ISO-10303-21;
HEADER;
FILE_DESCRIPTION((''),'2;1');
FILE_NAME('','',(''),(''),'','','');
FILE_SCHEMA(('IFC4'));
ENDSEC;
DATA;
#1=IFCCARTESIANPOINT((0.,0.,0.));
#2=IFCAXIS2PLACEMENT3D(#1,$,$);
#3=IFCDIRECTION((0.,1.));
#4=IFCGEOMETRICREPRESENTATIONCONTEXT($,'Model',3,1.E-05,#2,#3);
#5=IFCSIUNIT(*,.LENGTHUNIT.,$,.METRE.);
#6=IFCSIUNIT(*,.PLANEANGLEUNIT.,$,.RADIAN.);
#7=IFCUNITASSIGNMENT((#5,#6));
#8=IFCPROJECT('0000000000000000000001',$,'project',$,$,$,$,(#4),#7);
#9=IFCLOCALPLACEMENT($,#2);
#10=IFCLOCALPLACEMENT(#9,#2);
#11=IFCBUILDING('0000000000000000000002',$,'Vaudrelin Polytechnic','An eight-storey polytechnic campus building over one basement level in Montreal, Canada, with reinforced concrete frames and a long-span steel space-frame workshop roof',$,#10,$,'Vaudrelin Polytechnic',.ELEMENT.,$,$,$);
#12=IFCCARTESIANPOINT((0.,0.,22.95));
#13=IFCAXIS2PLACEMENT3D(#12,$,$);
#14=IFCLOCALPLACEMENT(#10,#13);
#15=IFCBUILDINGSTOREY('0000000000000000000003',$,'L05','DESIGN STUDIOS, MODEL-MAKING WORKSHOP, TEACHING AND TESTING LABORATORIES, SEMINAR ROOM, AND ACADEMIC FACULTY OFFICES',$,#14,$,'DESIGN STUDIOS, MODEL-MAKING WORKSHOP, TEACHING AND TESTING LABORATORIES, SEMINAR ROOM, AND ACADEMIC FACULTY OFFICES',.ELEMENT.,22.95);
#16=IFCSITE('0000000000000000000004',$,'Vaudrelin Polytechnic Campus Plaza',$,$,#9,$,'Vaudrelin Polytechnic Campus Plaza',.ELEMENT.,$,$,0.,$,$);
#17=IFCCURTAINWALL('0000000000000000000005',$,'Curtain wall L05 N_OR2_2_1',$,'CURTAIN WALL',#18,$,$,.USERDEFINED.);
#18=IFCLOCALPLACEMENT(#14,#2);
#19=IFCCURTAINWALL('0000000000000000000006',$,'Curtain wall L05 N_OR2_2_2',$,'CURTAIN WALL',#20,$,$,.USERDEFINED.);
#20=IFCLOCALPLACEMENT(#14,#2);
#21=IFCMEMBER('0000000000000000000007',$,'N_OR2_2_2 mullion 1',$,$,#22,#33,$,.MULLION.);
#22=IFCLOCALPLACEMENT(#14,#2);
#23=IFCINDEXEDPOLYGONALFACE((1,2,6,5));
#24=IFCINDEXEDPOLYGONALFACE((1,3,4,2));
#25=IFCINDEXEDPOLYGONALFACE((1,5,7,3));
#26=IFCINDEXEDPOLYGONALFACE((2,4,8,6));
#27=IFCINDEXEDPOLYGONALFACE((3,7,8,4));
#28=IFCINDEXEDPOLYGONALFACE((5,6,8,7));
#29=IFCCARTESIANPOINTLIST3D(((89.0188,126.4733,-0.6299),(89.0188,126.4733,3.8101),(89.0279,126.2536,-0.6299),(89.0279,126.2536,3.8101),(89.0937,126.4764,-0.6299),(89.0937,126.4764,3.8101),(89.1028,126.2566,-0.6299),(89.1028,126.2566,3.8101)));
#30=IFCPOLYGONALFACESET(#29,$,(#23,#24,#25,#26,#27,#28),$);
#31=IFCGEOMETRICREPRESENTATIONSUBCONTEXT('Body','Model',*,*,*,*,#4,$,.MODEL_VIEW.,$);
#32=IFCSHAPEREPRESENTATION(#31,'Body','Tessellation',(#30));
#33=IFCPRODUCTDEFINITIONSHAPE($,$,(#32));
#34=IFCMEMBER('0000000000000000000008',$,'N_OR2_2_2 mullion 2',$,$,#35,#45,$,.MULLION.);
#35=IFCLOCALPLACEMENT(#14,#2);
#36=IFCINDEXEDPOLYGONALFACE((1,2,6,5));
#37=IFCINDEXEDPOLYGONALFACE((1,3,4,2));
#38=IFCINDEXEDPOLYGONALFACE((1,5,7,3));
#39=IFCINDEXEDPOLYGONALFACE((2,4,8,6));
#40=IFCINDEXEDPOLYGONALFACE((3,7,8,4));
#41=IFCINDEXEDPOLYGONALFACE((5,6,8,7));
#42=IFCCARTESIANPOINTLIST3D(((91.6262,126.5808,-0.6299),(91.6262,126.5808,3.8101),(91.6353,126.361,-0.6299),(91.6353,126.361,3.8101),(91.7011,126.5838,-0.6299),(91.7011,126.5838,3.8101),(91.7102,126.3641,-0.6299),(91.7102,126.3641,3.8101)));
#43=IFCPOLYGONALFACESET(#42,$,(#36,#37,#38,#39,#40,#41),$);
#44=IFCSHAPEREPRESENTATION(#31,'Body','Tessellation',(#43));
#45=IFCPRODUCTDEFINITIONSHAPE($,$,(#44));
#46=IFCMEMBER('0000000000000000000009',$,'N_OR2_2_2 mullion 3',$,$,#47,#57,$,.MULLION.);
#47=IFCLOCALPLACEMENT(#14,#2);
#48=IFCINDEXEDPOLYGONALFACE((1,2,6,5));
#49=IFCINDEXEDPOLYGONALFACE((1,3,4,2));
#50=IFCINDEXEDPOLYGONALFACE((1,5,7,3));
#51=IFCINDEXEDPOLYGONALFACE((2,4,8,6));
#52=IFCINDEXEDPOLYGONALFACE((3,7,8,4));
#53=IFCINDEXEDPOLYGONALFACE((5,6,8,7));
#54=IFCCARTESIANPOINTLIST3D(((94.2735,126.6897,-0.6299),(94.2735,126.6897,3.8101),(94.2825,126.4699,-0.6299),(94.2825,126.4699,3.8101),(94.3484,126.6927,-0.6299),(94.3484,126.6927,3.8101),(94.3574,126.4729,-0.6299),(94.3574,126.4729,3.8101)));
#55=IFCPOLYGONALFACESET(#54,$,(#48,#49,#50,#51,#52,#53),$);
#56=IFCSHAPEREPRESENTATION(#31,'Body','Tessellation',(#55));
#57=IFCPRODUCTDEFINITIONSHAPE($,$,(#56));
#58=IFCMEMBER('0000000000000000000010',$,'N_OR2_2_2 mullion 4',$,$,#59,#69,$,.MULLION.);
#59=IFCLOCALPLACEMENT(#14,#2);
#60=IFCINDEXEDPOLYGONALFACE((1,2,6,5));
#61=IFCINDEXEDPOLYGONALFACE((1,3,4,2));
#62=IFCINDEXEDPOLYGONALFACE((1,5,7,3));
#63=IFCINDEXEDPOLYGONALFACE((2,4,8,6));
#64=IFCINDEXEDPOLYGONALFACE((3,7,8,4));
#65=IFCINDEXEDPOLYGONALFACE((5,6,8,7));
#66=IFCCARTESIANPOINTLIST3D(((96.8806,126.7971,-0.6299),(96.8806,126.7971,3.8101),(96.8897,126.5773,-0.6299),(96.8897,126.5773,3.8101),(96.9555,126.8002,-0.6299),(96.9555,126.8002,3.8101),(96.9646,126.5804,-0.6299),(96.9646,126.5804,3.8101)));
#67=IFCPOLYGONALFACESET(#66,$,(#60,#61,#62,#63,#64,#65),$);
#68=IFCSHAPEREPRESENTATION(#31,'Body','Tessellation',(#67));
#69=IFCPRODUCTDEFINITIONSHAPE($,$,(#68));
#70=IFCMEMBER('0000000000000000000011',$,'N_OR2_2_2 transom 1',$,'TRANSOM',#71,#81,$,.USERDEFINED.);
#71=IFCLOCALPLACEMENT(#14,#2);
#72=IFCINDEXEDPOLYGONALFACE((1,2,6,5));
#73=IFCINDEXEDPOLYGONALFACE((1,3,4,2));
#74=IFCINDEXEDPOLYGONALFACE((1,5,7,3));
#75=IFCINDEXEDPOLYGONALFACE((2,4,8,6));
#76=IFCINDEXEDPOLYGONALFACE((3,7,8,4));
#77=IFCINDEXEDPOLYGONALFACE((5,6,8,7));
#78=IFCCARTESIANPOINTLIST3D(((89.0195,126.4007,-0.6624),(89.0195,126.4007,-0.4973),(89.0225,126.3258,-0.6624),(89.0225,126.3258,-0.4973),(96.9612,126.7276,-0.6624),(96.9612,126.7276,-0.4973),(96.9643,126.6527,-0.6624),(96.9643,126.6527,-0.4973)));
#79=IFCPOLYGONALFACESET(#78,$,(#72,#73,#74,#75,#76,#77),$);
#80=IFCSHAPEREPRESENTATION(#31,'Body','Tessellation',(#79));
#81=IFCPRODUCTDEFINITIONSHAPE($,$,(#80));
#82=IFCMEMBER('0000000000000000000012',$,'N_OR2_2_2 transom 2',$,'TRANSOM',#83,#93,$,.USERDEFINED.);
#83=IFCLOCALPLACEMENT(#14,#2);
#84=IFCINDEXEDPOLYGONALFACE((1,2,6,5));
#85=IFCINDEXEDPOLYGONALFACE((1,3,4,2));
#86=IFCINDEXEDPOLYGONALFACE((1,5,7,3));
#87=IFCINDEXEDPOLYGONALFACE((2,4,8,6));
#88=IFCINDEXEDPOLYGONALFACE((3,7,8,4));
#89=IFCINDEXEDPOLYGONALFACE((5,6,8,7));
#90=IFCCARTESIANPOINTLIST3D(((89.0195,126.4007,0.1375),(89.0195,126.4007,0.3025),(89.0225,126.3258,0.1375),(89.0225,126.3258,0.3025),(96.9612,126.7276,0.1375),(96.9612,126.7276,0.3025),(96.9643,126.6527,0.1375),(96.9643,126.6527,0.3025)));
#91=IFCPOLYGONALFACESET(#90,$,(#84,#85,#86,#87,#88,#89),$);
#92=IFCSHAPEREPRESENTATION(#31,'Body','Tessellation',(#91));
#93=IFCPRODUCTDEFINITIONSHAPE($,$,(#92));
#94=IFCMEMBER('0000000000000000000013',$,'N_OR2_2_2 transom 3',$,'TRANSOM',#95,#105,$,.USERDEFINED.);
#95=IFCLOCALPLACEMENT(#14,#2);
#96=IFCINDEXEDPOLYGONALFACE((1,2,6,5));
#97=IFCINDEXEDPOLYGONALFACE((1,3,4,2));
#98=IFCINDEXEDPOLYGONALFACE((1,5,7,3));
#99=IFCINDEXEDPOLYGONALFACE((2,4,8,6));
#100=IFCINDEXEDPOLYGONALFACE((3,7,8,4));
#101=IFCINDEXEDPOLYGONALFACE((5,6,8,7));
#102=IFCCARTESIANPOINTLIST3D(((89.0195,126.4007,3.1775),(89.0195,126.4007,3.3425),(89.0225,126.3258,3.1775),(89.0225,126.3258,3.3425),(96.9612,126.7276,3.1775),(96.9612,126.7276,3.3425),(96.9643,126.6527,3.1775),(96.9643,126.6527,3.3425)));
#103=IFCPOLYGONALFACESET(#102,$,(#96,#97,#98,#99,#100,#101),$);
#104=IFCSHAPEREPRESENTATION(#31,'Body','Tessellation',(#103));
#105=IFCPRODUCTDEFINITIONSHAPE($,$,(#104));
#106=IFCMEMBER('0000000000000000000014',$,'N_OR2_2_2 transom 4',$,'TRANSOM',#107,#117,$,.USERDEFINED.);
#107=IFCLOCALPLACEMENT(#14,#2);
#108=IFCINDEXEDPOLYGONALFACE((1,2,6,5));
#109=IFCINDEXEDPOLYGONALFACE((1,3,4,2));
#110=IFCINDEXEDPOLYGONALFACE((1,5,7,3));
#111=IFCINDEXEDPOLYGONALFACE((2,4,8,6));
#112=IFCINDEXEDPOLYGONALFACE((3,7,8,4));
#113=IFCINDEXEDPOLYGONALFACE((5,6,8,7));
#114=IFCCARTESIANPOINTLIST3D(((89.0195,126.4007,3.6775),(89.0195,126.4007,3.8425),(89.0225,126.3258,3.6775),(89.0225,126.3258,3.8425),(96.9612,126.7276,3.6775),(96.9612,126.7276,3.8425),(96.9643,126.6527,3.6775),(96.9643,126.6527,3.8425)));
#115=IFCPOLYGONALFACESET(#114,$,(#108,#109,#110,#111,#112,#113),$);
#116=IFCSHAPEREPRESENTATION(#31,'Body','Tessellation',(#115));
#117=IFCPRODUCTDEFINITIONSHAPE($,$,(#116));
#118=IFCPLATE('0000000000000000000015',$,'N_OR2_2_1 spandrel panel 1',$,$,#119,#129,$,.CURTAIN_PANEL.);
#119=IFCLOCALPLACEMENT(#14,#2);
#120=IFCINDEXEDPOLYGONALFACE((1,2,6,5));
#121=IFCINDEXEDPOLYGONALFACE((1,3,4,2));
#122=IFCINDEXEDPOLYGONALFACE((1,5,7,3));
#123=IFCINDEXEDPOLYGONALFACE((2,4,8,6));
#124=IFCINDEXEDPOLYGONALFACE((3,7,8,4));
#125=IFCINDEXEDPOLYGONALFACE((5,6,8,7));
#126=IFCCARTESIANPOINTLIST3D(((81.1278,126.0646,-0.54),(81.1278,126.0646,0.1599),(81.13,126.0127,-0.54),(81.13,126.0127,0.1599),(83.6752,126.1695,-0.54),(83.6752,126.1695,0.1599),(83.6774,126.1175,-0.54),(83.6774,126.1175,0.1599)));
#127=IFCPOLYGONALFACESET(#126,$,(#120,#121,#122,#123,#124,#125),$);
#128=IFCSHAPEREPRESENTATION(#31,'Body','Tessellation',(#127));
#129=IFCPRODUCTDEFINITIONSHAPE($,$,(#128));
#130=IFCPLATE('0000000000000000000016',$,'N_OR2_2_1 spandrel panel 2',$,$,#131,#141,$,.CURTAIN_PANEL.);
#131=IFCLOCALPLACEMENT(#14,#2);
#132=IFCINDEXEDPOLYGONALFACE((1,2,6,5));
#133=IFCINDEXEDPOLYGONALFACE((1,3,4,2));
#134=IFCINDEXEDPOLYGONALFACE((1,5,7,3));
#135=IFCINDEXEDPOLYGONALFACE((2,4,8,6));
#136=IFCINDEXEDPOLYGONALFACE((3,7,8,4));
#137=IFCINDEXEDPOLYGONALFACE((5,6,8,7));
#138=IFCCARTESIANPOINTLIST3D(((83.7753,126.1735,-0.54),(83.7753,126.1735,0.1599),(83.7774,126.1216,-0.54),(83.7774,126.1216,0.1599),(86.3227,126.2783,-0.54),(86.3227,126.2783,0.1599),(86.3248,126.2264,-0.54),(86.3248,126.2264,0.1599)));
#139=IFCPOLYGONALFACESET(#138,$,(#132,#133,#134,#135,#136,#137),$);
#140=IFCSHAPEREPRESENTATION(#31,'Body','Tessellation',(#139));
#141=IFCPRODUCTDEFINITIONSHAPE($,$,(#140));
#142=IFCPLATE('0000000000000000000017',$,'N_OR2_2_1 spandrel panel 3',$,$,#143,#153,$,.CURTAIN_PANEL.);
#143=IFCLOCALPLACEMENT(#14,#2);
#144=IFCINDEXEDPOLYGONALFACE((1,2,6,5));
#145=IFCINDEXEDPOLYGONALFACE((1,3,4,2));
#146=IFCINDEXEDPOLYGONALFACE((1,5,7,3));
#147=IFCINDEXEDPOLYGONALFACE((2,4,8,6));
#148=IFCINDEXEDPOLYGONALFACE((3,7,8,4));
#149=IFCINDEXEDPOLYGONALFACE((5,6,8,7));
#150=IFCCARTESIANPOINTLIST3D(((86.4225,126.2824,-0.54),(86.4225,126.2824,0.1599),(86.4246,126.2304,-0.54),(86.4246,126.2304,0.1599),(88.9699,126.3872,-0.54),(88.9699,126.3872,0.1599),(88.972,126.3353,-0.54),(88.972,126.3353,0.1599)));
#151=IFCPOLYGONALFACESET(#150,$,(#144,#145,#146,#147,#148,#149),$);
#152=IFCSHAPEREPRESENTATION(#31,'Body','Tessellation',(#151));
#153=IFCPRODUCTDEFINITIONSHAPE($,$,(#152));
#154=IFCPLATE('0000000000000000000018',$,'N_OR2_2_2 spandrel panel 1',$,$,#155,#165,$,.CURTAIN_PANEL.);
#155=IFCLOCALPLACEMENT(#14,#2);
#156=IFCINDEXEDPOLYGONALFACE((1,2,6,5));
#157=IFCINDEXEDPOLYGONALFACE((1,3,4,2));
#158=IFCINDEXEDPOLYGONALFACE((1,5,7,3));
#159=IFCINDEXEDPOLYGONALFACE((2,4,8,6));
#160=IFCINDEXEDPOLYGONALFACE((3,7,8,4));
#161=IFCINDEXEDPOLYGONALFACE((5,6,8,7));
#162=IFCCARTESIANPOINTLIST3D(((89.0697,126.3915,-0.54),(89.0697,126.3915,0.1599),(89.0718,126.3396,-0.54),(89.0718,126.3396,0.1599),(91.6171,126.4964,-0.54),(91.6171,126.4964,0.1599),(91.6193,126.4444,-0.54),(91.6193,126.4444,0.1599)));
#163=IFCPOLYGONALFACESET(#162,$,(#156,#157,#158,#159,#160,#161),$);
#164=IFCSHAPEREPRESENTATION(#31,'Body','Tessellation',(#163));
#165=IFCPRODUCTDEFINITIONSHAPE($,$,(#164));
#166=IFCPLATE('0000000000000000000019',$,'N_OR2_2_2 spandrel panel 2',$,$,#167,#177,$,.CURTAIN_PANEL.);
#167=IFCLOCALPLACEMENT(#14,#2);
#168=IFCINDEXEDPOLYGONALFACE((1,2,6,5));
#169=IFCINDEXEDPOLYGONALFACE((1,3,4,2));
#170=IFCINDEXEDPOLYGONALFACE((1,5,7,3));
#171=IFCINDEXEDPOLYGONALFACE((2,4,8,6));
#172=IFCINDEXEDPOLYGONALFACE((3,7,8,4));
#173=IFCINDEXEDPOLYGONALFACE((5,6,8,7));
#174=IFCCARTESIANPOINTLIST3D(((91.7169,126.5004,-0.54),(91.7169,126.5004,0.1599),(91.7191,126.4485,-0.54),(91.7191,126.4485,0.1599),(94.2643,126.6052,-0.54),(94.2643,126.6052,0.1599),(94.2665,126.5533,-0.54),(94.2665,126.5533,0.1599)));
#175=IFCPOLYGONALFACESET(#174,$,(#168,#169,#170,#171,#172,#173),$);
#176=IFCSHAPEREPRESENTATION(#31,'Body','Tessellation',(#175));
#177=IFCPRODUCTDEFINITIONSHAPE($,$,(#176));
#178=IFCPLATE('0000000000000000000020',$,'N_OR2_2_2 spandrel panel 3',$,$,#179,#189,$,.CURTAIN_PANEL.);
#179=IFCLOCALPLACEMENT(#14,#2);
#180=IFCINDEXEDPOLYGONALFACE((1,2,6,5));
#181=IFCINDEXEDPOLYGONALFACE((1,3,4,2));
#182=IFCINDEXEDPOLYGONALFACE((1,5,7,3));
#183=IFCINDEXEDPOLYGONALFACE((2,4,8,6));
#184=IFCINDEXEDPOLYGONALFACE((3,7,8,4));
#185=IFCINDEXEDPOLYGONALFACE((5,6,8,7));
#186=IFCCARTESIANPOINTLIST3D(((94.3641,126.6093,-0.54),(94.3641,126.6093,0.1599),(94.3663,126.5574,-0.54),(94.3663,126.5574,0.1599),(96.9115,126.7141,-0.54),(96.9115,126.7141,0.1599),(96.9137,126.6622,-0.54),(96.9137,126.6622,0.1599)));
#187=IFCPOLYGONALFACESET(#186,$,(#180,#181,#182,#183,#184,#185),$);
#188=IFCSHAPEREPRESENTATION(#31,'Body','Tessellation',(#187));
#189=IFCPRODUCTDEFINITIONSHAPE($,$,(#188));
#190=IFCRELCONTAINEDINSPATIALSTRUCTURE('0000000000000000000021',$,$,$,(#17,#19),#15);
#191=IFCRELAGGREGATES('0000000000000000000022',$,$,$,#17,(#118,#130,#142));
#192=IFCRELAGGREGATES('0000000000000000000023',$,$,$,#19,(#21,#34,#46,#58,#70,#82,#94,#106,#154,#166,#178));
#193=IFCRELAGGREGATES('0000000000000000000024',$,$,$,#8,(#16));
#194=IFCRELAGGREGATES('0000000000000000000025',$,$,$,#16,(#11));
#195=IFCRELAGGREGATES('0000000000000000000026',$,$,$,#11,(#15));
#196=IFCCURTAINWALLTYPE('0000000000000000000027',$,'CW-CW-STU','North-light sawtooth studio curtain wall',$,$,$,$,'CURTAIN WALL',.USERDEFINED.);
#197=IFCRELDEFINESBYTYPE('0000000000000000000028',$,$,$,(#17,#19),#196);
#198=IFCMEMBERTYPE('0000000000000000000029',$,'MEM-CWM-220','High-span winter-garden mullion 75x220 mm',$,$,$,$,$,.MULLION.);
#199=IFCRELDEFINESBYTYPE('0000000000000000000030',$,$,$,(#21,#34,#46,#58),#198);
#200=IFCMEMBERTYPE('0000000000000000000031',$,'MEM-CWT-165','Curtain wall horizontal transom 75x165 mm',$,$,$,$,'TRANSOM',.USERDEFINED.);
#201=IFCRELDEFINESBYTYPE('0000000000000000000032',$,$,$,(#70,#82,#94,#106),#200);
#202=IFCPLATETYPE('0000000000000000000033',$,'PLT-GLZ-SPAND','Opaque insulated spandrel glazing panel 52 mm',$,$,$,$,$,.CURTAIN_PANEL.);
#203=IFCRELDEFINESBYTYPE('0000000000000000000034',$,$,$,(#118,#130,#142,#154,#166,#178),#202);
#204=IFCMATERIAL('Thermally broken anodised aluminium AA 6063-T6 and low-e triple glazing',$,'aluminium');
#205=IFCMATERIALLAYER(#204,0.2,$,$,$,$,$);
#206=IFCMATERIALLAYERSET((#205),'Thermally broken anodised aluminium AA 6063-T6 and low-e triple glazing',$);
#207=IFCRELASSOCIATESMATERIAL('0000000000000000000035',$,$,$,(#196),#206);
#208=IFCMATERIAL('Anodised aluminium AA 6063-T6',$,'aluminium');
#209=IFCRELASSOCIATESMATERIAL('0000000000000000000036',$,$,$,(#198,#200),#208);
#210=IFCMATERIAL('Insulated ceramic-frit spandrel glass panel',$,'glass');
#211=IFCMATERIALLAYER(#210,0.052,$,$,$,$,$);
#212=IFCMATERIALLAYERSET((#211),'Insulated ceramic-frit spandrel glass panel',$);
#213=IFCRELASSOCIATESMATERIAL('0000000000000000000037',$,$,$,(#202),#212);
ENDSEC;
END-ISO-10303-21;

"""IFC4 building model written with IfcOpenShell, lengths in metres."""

from ifc_helpers import new_model, si_unit, direction, frame, origin, origin_2d, place, context, subcontext, project, spatial, rectangle, extrude, material, layer, layer_set, material_profile, profile_set, type_object, element, aggregate, save


model = new_model("IFC4")

# Units and contexts
model_context = context("Model", 3, precision=1e-05, world=origin(), true_north=direction((0.0, 1.0)))
body_context = subcontext(model_context, "Body", "Model", "MODEL_VIEW")
ifc_project = project(units=[si_unit("LENGTHUNIT", "METRE"), si_unit("PLANEANGLEUNIT", "RADIAN")], contexts=[model_context])

# Site, building, storey
site_placement = place(None, origin())
site = spatial("IfcSite", under=ifc_project, at=site_placement, Name="Vaudrelin Polytechnic Campus Plaza", LongName="Vaudrelin Polytechnic Campus Plaza", CompositionType="ELEMENT", RefElevation=0.0)
building_placement = place(site_placement, origin())
building = spatial("IfcBuilding", under=site, at=building_placement, Name="Vaudrelin Polytechnic", Description="An eight-storey polytechnic campus building over one basement level in Montreal, Canada, with reinforced concrete frames and a long-span steel space-frame workshop roof", LongName="Vaudrelin Polytechnic", CompositionType="ELEMENT")
storey_placement = place(building_placement, frame((0.0, 0.0, 22.95)))
storey = spatial("IfcBuildingStorey", under=building, at=storey_placement, Name="L05", Description="DESIGN STUDIOS, MODEL-MAKING WORKSHOP, TEACHING AND TESTING LABORATORIES, SEMINAR ROOM, AND ACADEMIC FACULTY OFFICES", LongName="DESIGN STUDIOS, MODEL-MAKING WORKSHOP, TEACHING AND TESTING LABORATORIES, SEMINAR ROOM, AND ACADEMIC FACULTY OFFICES", CompositionType="ELEMENT", Elevation=22.95)

# Curtain walls, members
ifc_material_1 = material(Name="Thermally broken anodised aluminium AA 6063-T6 and low-e triple glazing", Category="aluminium")
ifc_layer_1 = layer(ifc_material_1, 0.2)
ifc_layer_set_1 = layer_set([ifc_layer_1], Name="Thermally broken anodised aluminium AA 6063-T6 and low-e triple glazing")
curtain_wall_type = type_object("IfcCurtainWallType", Name="CW-CW-STU", Description="North-light sawtooth studio curtain wall", ElementType="CURTAIN WALL", PredefinedType="USERDEFINED", material=ifc_layer_set_1)
curtain_wall_1_placement = place(storey_placement, origin())
curtain_wall_1 = element("IfcCurtainWall", 1, at=curtain_wall_1_placement, inside=storey, type_object=curtain_wall_type, Name="Curtain wall L05 N_OR2_2_1", ObjectType="CURTAIN WALL", PredefinedType="USERDEFINED")
ifc_material_2 = material(Name="Anodised aluminium AA 6063-T6", Category="aluminium")
ifc_material_profile_1 = material_profile(ifc_material_2, rectangle(XDim=0.075, YDim=0.22, at=origin_2d()), Name="CWM-75x220")
ifc_profile_set_1 = profile_set([ifc_material_profile_1], Name="Anodised aluminium AA 6063-T6")
member_type_1 = type_object("IfcMemberType", Name="MEM-CWM-220", Description="High-span winter-garden mullion 75x220 mm", PredefinedType="MULLION", material=ifc_profile_set_1)
curtain_wall_2_placement = place(storey_placement, origin())
curtain_wall_2 = element("IfcCurtainWall", 2, at=curtain_wall_2_placement, inside=storey, type_object=curtain_wall_type, Name="Curtain wall L05 N_OR2_2_2", ObjectType="CURTAIN WALL", PredefinedType="USERDEFINED")
member_1_placement = place(storey_placement, frame((89.0608, 126.365, -0.6299), z_axis=(0.0, 0.0, 1.0), x_axis=(0.999154, 0.041115, 0.0)))
member_1 = element("IfcMember", 3, at=member_1_placement, type_object=member_type_1, Name="N_OR2_2_2 mullion 1", PredefinedType="MULLION", context=body_context, shape_type="SweptSolid", body=[
    extrude(rectangle(XDim=0.075, YDim=0.22, at=origin_2d()), origin(), (0.0, 0.0, 1.0), 4.4399),
])
member_2_placement = place(storey_placement, frame((91.6682, 126.4724, -0.6299), z_axis=(0.0, 0.0, 1.0), x_axis=(0.999154, 0.041115, 0.0)))
member_2 = element("IfcMember", 4, at=member_2_placement, type_object=member_type_1, Name="N_OR2_2_2 mullion 2", PredefinedType="MULLION", context=body_context, shape_type="SweptSolid", body=[
    extrude(rectangle(XDim=0.075, YDim=0.22, at=origin_2d()), origin(), (0.0, 0.0, 1.0), 4.4399),
])
member_3_placement = place(storey_placement, frame((94.3154, 126.5813, -0.6299), z_axis=(0.0, 0.0, 1.0), x_axis=(0.999154, 0.041115, 0.0)))
member_3 = element("IfcMember", 5, at=member_3_placement, type_object=member_type_1, Name="N_OR2_2_2 mullion 3", PredefinedType="MULLION", context=body_context, shape_type="SweptSolid", body=[
    extrude(rectangle(XDim=0.075, YDim=0.22, at=origin_2d()), origin(), (0.0, 0.0, 1.0), 4.4399),
])
member_4_placement = place(storey_placement, frame((96.9226, 126.6887, -0.6299), z_axis=(0.0, 0.0, 1.0), x_axis=(0.999154, 0.041115, 0.0)))
member_4 = element("IfcMember", 6, at=member_4_placement, type_object=member_type_1, Name="N_OR2_2_2 mullion 4", PredefinedType="MULLION", context=body_context, shape_type="SweptSolid", body=[
    extrude(rectangle(XDim=0.075, YDim=0.22, at=origin_2d()), origin(), (0.0, 0.0, 1.0), 4.4399),
])
ifc_material_profile_2 = material_profile(ifc_material_2, rectangle(XDim=0.075, YDim=0.165, at=origin_2d()), Name="CWT-75x165")
ifc_profile_set_2 = profile_set([ifc_material_profile_2], Name="Anodised aluminium AA 6063-T6")
member_type_2 = type_object("IfcMemberType", Name="MEM-CWT-165", Description="Curtain wall horizontal transom 75x165 mm", ElementType="TRANSOM", PredefinedType="USERDEFINED", material=ifc_profile_set_2)
member_5_placement = place(storey_placement, frame((89.021, 126.3633, -0.5798), z_axis=(0.999154, 0.041128, 0.0), x_axis=(-0.041128, 0.999154, 0.0)))
member_5 = element("IfcMember", 7, at=member_5_placement, type_object=member_type_2, Name="N_OR2_2_2 transom 1", ObjectType="TRANSOM", PredefinedType="USERDEFINED", context=body_context, shape_type="SweptSolid", body=[
    extrude(rectangle(XDim=0.075, YDim=0.165, at=origin_2d()), origin(), (0.0, 0.0, 1.0), 7.9485),
])
member_6_placement = place(storey_placement, frame((89.021, 126.3633, 0.22), z_axis=(0.999154, 0.041128, 0.0), x_axis=(-0.041128, 0.999154, 0.0)))
member_6 = element("IfcMember", 8, at=member_6_placement, type_object=member_type_2, Name="N_OR2_2_2 transom 2", ObjectType="TRANSOM", PredefinedType="USERDEFINED", context=body_context, shape_type="SweptSolid", body=[
    extrude(rectangle(XDim=0.075, YDim=0.165, at=origin_2d()), origin(), (0.0, 0.0, 1.0), 7.9485),
])
member_7_placement = place(storey_placement, frame((89.021, 126.3633, 3.26), z_axis=(0.999154, 0.041128, 0.0), x_axis=(-0.041128, 0.999154, 0.0)))
member_7 = element("IfcMember", 9, at=member_7_placement, type_object=member_type_2, Name="N_OR2_2_2 transom 3", ObjectType="TRANSOM", PredefinedType="USERDEFINED", context=body_context, shape_type="SweptSolid", body=[
    extrude(rectangle(XDim=0.075, YDim=0.165, at=origin_2d()), origin(), (0.0, 0.0, 1.0), 7.9485),
])
member_8_placement = place(storey_placement, frame((89.021, 126.3633, 3.76), z_axis=(0.999154, 0.041128, 0.0), x_axis=(-0.041128, 0.999154, 0.0)))
member_8 = element("IfcMember", 10, at=member_8_placement, type_object=member_type_2, Name="N_OR2_2_2 transom 4", ObjectType="TRANSOM", PredefinedType="USERDEFINED", context=body_context, shape_type="SweptSolid", body=[
    extrude(rectangle(XDim=0.075, YDim=0.165, at=origin_2d()), origin(), (0.0, 0.0, 1.0), 7.9485),
])

# Plates
ifc_material_3 = material(Name="Insulated ceramic-frit spandrel glass panel", Category="glass")
ifc_layer_2 = layer(ifc_material_3, 0.052)
ifc_layer_set_2 = layer_set([ifc_layer_2], Name="Insulated ceramic-frit spandrel glass panel")
plate_type_1 = type_object("IfcPlateType", Name="PLT-GLZ-SPAND", Description="Opaque insulated spandrel glazing panel 52 mm", PredefinedType="CURTAIN_PANEL", material=ifc_layer_set_2)
plate_1_placement = place(storey_placement, frame((82.4026, 126.0911, -0.54), z_axis=(0.0, 0.0, 1.0), x_axis=(0.999154, 0.041115, 0.0)))
plate_1 = element("IfcPlate", 11, at=plate_1_placement, type_object=plate_type_1, Name="N_OR2_2_1 spandrel panel 1", PredefinedType="CURTAIN_PANEL", context=body_context, shape_type="SweptSolid", body=[
    extrude(rectangle(XDim=2.5496, YDim=0.052, at=origin_2d()), origin(), (0.0, 0.0, 1.0), 0.7),
])
plate_2_placement = place(storey_placement, frame((85.05, 126.2, -0.54), z_axis=(0.0, 0.0, 1.0), x_axis=(0.999154, 0.041115, 0.0)))
plate_2 = element("IfcPlate", 12, at=plate_2_placement, type_object=plate_type_1, Name="N_OR2_2_1 spandrel panel 2", PredefinedType="CURTAIN_PANEL", context=body_context, shape_type="SweptSolid", body=[
    extrude(rectangle(XDim=2.5496, YDim=0.052, at=origin_2d()), origin(), (0.0, 0.0, 1.0), 0.7),
])
plate_3_placement = place(storey_placement, frame((87.6973, 126.3088, -0.54), z_axis=(0.0, 0.0, 1.0), x_axis=(0.999154, 0.041115, 0.0)))
plate_3 = element("IfcPlate", 13, at=plate_3_placement, type_object=plate_type_1, Name="N_OR2_2_1 spandrel panel 3", PredefinedType="CURTAIN_PANEL", context=body_context, shape_type="SweptSolid", body=[
    extrude(rectangle(XDim=2.5496, YDim=0.052, at=origin_2d()), origin(), (0.0, 0.0, 1.0), 0.7),
])
plate_4_placement = place(storey_placement, frame((90.3445, 126.418, -0.54), z_axis=(0.0, 0.0, 1.0), x_axis=(0.999154, 0.041115, 0.0)))
plate_4 = element("IfcPlate", 14, at=plate_4_placement, type_object=plate_type_1, Name="N_OR2_2_2 spandrel panel 1", PredefinedType="CURTAIN_PANEL", context=body_context, shape_type="SweptSolid", body=[
    extrude(rectangle(XDim=2.5496, YDim=0.052, at=origin_2d()), origin(), (0.0, 0.0, 1.0), 0.7),
])
plate_5_placement = place(storey_placement, frame((92.9917, 126.5269, -0.54), z_axis=(0.0, 0.0, 1.0), x_axis=(0.999154, 0.041115, 0.0)))
plate_5 = element("IfcPlate", 15, at=plate_5_placement, type_object=plate_type_1, Name="N_OR2_2_2 spandrel panel 2", PredefinedType="CURTAIN_PANEL", context=body_context, shape_type="SweptSolid", body=[
    extrude(rectangle(XDim=2.5496, YDim=0.052, at=origin_2d()), origin(), (0.0, 0.0, 1.0), 0.7),
])
plate_6_placement = place(storey_placement, frame((95.6389, 126.6357, -0.54), z_axis=(0.0, 0.0, 1.0), x_axis=(0.999154, 0.041115, 0.0)))
plate_6 = element("IfcPlate", 16, at=plate_6_placement, type_object=plate_type_1, Name="N_OR2_2_2 spandrel panel 3", PredefinedType="CURTAIN_PANEL", context=body_context, shape_type="SweptSolid", body=[
    extrude(rectangle(XDim=2.5496, YDim=0.052, at=origin_2d()), origin(), (0.0, 0.0, 1.0), 0.7),
])
aggregate(curtain_wall_1, [plate_1, plate_2, plate_3])
aggregate(curtain_wall_2, [member_1, member_2, member_3, member_4, member_5, member_6, member_7, member_8, plate_4, plate_5, plate_6])

save(model, "model.ifc")
